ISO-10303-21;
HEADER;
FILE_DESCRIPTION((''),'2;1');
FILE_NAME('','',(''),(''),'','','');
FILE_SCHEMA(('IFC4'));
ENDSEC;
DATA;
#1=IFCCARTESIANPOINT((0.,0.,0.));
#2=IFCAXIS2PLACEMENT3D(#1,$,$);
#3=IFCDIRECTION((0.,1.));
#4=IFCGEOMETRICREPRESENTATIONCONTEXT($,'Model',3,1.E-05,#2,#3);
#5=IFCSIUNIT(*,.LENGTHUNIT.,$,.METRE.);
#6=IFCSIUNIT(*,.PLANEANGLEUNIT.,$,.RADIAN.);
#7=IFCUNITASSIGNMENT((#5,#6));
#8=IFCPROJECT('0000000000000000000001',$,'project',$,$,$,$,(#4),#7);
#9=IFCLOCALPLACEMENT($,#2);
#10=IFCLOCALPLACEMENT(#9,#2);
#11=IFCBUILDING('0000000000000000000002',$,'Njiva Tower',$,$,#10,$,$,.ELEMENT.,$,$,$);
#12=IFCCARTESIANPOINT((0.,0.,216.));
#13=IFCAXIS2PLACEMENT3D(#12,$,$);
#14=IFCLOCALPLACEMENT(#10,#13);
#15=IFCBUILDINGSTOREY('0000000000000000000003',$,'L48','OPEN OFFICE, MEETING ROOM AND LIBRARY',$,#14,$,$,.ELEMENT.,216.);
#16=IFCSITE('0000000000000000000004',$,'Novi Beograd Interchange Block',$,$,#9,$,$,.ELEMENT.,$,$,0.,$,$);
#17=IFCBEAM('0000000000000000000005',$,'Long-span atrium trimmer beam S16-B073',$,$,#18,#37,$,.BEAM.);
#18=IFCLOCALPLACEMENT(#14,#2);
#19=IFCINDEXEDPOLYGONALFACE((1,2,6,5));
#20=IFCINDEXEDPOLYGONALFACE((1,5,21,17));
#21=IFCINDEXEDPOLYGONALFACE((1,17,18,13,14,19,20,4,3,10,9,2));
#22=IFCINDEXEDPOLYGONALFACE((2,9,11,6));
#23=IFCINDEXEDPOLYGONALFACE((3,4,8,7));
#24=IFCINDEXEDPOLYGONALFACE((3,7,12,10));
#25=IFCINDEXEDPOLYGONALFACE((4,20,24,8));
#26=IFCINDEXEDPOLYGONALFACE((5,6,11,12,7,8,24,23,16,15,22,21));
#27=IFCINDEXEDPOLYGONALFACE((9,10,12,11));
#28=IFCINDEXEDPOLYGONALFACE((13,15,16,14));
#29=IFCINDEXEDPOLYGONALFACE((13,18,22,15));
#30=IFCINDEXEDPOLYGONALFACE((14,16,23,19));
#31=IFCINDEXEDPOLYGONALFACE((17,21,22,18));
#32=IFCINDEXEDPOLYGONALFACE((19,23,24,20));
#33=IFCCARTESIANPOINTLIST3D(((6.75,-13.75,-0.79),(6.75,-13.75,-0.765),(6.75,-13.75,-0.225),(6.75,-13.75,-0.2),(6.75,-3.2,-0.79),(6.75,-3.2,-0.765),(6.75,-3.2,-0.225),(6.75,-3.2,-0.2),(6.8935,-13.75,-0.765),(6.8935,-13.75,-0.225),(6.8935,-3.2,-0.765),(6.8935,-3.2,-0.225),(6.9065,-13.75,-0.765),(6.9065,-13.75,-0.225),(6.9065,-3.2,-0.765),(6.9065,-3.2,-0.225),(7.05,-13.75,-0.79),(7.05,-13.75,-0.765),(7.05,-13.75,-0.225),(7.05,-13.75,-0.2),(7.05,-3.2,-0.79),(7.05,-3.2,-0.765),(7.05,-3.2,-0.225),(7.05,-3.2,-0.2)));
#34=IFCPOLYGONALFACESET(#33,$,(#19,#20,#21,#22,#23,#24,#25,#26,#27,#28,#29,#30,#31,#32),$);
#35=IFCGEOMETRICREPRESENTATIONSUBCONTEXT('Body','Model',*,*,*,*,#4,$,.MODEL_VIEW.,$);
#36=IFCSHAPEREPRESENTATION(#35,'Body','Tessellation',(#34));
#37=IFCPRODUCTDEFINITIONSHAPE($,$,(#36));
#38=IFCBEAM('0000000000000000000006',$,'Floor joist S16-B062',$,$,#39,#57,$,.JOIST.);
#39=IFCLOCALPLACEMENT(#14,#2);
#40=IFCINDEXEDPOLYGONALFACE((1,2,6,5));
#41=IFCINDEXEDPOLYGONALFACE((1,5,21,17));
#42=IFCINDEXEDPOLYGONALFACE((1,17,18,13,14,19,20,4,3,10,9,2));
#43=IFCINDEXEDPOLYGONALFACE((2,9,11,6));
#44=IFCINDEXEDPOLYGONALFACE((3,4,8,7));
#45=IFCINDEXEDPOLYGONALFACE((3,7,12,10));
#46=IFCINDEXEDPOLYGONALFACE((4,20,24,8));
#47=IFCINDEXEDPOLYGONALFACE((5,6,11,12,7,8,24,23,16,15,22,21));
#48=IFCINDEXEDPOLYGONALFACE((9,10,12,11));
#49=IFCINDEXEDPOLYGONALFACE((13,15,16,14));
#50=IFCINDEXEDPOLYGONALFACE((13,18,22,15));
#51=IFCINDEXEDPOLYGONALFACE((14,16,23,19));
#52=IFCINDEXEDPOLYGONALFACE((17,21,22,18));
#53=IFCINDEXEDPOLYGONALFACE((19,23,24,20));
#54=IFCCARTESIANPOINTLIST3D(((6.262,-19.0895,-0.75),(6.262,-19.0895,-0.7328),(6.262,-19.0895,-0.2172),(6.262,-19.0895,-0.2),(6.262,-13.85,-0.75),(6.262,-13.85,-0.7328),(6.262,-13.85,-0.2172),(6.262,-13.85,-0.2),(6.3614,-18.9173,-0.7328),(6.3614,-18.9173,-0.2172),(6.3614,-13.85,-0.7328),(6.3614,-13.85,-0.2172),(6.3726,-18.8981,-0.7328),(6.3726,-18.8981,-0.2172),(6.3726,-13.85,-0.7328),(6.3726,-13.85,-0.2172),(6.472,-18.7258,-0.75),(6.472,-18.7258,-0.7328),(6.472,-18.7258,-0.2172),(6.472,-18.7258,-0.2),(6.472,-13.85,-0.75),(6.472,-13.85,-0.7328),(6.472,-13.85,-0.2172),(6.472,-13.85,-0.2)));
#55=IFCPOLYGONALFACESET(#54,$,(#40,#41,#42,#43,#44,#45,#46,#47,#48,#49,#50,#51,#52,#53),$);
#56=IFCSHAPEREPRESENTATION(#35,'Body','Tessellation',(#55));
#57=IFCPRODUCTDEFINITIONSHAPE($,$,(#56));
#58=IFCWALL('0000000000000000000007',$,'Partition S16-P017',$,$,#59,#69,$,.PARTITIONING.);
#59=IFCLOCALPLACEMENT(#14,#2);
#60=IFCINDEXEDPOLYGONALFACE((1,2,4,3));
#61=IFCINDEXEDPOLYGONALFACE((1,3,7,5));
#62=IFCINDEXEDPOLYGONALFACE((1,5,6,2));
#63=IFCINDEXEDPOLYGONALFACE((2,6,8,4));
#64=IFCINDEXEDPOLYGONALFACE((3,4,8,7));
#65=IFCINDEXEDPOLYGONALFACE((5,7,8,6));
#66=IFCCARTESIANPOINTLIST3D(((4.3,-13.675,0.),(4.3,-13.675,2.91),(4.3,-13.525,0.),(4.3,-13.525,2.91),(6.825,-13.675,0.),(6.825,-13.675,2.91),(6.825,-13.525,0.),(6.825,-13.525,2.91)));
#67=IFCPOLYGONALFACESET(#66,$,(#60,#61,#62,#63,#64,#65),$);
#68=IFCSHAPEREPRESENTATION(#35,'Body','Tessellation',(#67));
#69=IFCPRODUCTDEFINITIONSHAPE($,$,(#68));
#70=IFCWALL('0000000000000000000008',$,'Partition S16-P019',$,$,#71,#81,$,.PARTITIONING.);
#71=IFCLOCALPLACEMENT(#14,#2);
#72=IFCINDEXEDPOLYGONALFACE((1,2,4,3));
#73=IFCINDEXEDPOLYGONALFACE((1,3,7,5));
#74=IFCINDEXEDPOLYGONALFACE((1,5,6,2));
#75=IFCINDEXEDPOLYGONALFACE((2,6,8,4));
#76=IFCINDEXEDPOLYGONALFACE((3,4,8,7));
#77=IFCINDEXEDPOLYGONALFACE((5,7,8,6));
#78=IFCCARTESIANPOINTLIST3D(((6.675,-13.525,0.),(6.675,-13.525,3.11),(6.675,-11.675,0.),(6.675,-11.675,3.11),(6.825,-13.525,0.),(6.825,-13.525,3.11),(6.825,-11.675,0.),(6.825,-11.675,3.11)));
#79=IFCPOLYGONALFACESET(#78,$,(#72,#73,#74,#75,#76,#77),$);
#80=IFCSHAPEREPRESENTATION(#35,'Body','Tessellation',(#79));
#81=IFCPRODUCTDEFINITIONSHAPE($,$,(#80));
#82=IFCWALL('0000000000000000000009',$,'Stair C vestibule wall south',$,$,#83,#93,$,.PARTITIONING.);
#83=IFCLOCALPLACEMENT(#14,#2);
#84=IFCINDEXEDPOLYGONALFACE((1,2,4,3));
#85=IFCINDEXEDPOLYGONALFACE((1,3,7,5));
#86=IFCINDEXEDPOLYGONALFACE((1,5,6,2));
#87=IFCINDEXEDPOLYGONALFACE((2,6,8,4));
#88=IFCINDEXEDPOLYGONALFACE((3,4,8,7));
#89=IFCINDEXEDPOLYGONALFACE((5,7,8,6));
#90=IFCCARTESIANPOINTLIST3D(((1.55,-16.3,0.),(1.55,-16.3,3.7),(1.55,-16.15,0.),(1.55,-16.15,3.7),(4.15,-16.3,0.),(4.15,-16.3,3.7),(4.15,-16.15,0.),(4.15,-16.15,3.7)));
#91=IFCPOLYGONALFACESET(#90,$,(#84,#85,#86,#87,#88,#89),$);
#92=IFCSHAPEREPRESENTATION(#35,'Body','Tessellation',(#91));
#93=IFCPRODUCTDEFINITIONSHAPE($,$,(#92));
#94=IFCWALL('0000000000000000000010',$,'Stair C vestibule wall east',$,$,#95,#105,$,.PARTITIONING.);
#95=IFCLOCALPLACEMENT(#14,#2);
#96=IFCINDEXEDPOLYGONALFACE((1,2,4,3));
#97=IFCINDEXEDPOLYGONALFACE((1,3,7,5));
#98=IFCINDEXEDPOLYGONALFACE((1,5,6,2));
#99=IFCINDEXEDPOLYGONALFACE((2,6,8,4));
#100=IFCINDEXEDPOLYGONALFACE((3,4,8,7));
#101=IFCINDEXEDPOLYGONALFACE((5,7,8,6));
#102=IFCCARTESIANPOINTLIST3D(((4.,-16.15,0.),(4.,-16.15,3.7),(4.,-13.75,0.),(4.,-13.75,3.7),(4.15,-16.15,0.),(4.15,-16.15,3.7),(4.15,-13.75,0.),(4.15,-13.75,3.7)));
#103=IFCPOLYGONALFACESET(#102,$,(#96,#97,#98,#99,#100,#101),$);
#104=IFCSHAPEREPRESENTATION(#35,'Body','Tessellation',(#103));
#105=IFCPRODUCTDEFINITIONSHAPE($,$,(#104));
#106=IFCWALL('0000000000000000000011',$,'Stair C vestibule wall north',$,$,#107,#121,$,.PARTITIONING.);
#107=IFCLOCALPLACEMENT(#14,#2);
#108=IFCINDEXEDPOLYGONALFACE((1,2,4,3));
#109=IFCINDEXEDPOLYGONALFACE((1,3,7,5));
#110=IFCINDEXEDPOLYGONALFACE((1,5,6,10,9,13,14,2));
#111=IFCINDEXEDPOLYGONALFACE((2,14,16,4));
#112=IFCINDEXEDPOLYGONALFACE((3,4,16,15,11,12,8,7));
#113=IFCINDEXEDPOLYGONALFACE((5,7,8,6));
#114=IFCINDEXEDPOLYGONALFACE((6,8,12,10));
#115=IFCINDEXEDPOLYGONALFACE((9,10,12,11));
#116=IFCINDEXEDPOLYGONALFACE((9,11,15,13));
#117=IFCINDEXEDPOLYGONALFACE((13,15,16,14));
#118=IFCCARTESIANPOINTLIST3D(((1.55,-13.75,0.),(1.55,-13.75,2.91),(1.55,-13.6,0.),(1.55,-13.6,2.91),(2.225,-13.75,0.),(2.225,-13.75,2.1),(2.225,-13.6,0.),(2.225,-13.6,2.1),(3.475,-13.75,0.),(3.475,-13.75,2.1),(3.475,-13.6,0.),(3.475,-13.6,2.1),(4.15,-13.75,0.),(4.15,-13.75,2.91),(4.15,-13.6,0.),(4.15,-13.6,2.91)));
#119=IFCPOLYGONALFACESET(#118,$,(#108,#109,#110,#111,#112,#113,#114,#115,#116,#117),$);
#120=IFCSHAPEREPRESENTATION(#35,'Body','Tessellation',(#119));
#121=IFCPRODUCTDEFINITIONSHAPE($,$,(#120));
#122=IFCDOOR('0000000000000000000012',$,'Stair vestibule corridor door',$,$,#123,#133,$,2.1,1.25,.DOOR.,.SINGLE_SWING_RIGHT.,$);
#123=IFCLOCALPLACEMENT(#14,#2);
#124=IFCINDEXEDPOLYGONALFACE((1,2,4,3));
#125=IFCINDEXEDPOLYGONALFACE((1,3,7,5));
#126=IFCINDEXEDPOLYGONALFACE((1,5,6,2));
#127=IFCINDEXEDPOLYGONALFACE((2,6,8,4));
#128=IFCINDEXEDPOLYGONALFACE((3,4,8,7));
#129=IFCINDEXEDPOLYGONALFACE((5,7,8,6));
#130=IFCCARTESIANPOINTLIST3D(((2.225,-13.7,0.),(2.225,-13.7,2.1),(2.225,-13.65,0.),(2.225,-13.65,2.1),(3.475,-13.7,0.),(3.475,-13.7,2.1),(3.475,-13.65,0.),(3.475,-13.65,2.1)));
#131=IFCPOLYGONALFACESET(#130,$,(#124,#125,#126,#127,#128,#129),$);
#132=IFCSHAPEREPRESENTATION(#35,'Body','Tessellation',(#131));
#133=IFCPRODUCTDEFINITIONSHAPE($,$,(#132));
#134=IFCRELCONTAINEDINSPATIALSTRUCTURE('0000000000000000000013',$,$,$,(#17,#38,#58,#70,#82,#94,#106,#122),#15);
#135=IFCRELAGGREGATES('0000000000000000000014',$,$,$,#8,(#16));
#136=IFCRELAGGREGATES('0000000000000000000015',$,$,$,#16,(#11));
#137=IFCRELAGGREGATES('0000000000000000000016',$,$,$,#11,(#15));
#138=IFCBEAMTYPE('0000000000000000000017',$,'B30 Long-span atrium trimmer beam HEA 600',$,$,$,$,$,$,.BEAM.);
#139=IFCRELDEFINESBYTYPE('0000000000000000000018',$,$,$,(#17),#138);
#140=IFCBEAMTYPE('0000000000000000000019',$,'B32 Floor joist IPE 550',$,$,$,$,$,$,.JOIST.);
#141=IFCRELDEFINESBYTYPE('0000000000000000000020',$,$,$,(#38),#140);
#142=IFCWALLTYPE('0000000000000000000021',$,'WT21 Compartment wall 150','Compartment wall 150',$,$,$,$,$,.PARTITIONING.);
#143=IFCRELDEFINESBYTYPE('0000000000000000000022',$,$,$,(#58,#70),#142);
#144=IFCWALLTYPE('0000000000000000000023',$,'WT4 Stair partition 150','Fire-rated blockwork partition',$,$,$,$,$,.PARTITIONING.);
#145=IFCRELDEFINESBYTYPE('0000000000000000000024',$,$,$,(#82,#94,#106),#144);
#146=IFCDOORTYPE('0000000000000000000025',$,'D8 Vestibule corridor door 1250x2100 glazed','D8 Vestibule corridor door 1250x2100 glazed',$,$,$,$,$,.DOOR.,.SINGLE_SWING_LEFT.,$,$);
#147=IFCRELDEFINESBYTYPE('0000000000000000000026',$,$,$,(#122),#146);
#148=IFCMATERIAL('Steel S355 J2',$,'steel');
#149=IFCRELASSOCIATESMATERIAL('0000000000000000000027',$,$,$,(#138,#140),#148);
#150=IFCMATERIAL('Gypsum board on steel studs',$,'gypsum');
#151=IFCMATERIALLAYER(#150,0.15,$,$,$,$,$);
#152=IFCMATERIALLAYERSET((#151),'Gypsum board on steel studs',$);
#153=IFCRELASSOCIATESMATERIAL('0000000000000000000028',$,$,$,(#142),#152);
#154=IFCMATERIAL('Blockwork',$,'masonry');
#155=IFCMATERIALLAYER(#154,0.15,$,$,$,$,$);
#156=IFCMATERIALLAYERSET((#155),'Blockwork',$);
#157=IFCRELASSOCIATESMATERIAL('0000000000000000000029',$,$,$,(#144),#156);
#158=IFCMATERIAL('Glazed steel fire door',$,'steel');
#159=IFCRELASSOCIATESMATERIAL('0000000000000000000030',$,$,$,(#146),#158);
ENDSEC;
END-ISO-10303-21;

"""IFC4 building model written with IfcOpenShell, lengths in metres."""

from ifc_helpers import new_model, si_unit, direction, frame, frame_2d, origin, origin_2d, place, context, subcontext, project, spatial, rectangle, i_section, extrude, clip, halfspace, material, layer, layer_set, material_profile, profile_set, type_object, element, fill, save


model = new_model("IFC4")

# Units and contexts
model_context = context("Model", 3, precision=1e-05, world=origin(), true_north=direction((0.0, 1.0)))
body_context = subcontext(model_context, "Body", "Model", "MODEL_VIEW")
ifc_project = project(units=[si_unit("LENGTHUNIT", "METRE"), si_unit("PLANEANGLEUNIT", "RADIAN")], contexts=[model_context])

# Site, building, storey
site_placement = place(None, origin())
site = spatial("IfcSite", under=ifc_project, at=site_placement, Name="Novi Beograd Interchange Block", CompositionType="ELEMENT", RefElevation=0.0)
building_placement = place(site_placement, origin())
building = spatial("IfcBuilding", under=site, at=building_placement, Name="Njiva Tower", CompositionType="ELEMENT")
storey_placement = place(building_placement, frame((0.0, 0.0, 216.0)))
storey = spatial("IfcBuildingStorey", under=building, at=storey_placement, Name="L48", Description="OPEN OFFICE, MEETING ROOM AND LIBRARY", CompositionType="ELEMENT", Elevation=216.0)

# Shared definitions
ifc_material_1 = material(Name="Steel S355 J2", Category="steel")

# Beams
ifc_material_profile_1 = material_profile(ifc_material_1, i_section(OverallWidth=0.3, OverallDepth=0.59, WebThickness=0.013, FlangeThickness=0.025, at=origin_2d()), Name="HEA 600")
ifc_profile_set_1 = profile_set([ifc_material_profile_1], Name="Steel S355 J2")
beam_type_1 = type_object("IfcBeamType", Name="B30 Long-span atrium trimmer beam HEA 600", PredefinedType="BEAM", material=ifc_profile_set_1)
beam_1_placement = place(storey_placement, frame((6.9, -13.75, -0.495), z_axis=(0.0, 1.0, 0.0), x_axis=(-1.0, 0.0, 0.0)))
element("IfcBeam", 1, at=beam_1_placement, inside=storey, type_object=beam_type_1, Name="Long-span atrium trimmer beam S16-B073", PredefinedType="BEAM", context=body_context, shape_type="SweptSolid", body=[
    extrude(i_section(OverallWidth=0.3, OverallDepth=0.59, WebThickness=0.013, FlangeThickness=0.025, at=origin_2d()), origin(), (0.0, 0.0, 1.0), 10.55),
])
ifc_material_profile_2 = material_profile(ifc_material_1, i_section(OverallWidth=0.21, OverallDepth=0.55, WebThickness=0.0111, FlangeThickness=0.0172, at=origin_2d()), Name="IPE 550")
ifc_profile_set_2 = profile_set([ifc_material_profile_2], Name="Steel S355 J2")
beam_type_2 = type_object("IfcBeamType", Name="B32 Floor joist IPE 550", PredefinedType="JOIST", material=ifc_profile_set_2)
beam_2_placement = place(storey_placement, frame((6.367, -13.85, -0.475), z_axis=(0.0, -1.0, 0.0), x_axis=(1.0, 0.0, 0.0)))
element("IfcBeam", 2, at=beam_2_placement, inside=storey, type_object=beam_type_2, Name="Floor joist S16-B062", PredefinedType="JOIST", context=body_context, shape_type="Clipping", body=[
    clip(extrude(i_section(OverallWidth=0.21, OverallDepth=0.55, WebThickness=0.0111, FlangeThickness=0.0172, at=origin_2d()), origin(), (0.0, 0.0, 1.0), 5.26), halfspace(frame((0.043, 0.0, 4.9832), z_axis=(0.866027, 0.0, 0.499998), x_axis=(0.0, 1.0, 0.0)), False)),
])

# Walls
ifc_material_2 = material(Name="Gypsum board on steel studs", Category="gypsum")
ifc_layer_1 = layer(ifc_material_2, 0.15)
ifc_layer_set_1 = layer_set([ifc_layer_1], Name="Gypsum board on steel studs")
wall_type_1 = type_object("IfcWallType", Name="WT21 Compartment wall 150", Description="Compartment wall 150", PredefinedType="PARTITIONING", material=ifc_layer_set_1)
wall_1_placement = place(storey_placement, frame((4.3, -13.6, 0.0), z_axis=(0.0, 0.0, 1.0), x_axis=(1.0, 0.0, 0.0)))
element("IfcWall", 3, at=wall_1_placement, inside=storey, type_object=wall_type_1, Name="Partition S16-P017", PredefinedType="PARTITIONING", context=body_context, shape_type="SweptSolid", body=[
    extrude(rectangle(XDim=2.525, YDim=0.15, at=frame_2d((1.2625, 0.0))), origin(), (0.0, 0.0, 1.0), 2.91),
])
wall_2_placement = place(storey_placement, frame((6.75, -13.525, 0.0), z_axis=(0.0, 0.0, 1.0), x_axis=(0.0, 1.0, 0.0)))
element("IfcWall", 4, at=wall_2_placement, inside=storey, type_object=wall_type_1, Name="Partition S16-P019", PredefinedType="PARTITIONING", context=body_context, shape_type="SweptSolid", body=[
    extrude(rectangle(XDim=1.85, YDim=0.15, at=frame_2d((0.925, 0.0))), origin(), (0.0, 0.0, 1.0), 3.11),
])
ifc_material_3 = material(Name="Blockwork", Category="masonry")
ifc_layer_2 = layer(ifc_material_3, 0.15)
ifc_layer_set_2 = layer_set([ifc_layer_2], Name="Blockwork")
wall_type_2 = type_object("IfcWallType", Name="WT4 Stair partition 150", Description="Fire-rated blockwork partition", PredefinedType="PARTITIONING", material=ifc_layer_set_2)
wall_3_placement = place(storey_placement, frame((1.55, -16.225, 0.0), z_axis=(0.0, 0.0, 1.0), x_axis=(1.0, 0.0, 0.0)))
element("IfcWall", 5, at=wall_3_placement, inside=storey, type_object=wall_type_2, Name="Stair C vestibule wall south", PredefinedType="PARTITIONING", context=body_context, shape_type="SweptSolid", body=[
    extrude(rectangle(XDim=2.6, YDim=0.15, at=frame_2d((1.3, 0.0))), origin(), (0.0, 0.0, 1.0), 3.7),
])
wall_4_placement = place(storey_placement, frame((4.075, -16.15, 0.0), z_axis=(0.0, 0.0, 1.0), x_axis=(0.0, 1.0, 0.0)))
element("IfcWall", 6, at=wall_4_placement, inside=storey, type_object=wall_type_2, Name="Stair C vestibule wall east", PredefinedType="PARTITIONING", context=body_context, shape_type="SweptSolid", body=[
    extrude(rectangle(XDim=2.4, YDim=0.15, at=frame_2d((1.2, 0.0))), origin(), (0.0, 0.0, 1.0), 3.7),
])

# Wall, opening, door
wall_5_placement = place(storey_placement, frame((1.55, -13.675, 0.0), z_axis=(0.0, 0.0, 1.0), x_axis=(1.0, 0.0, 0.0)))
wall_5 = element("IfcWall", 7, at=wall_5_placement, inside=storey, type_object=wall_type_2, Name="Stair C vestibule wall north", PredefinedType="PARTITIONING", context=body_context, shape_type="SweptSolid", body=[
    extrude(rectangle(XDim=2.6, YDim=0.15, at=frame_2d((1.3, 0.0))), origin(), (0.0, 0.0, 1.0), 2.91),
])
opening_placement = place(wall_5_placement, frame((0.675, 0.0, 0.0)))
opening = element("IfcOpeningElement", 8, at=opening_placement, cuts=wall_5, PredefinedType="OPENING", context=body_context, shape_type="SweptSolid", body=[
    extrude(rectangle(XDim=1.25, YDim=2.1, at=frame_2d((0.625, 1.05))), frame((0.0, 0.085, 0.0), z_axis=(0.0, -1.0, 0.0), x_axis=(1.0, 0.0, 0.0)), (0.0, 0.0, 1.0), 0.17),
])
ifc_material_4 = material(Name="Glazed steel fire door", Category="steel")
door_type = type_object("IfcDoorType", Name="D8 Vestibule corridor door 1250x2100 glazed", Description="D8 Vestibule corridor door 1250x2100 glazed", OperationType="SINGLE_SWING_LEFT", PredefinedType="DOOR", material=ifc_material_4)
door_placement = place(opening_placement, origin())
door = element("IfcDoor", 9, at=door_placement, inside=storey, type_object=door_type, Name="Stair vestibule corridor door", OperationType="SINGLE_SWING_RIGHT", OverallHeight=2.1, OverallWidth=1.25, PredefinedType="DOOR", context=body_context, shape_type="SweptSolid", body=[
    extrude(rectangle(XDim=1.25, YDim=2.1, at=frame_2d((0.625, 1.05))), frame((0.0, 0.025, 0.0), z_axis=(0.0, -1.0, 0.0), x_axis=(1.0, 0.0, 0.0)), (0.0, 0.0, 1.0), 0.05),
])
fill(opening, door)

save(model, "model.ifc")
